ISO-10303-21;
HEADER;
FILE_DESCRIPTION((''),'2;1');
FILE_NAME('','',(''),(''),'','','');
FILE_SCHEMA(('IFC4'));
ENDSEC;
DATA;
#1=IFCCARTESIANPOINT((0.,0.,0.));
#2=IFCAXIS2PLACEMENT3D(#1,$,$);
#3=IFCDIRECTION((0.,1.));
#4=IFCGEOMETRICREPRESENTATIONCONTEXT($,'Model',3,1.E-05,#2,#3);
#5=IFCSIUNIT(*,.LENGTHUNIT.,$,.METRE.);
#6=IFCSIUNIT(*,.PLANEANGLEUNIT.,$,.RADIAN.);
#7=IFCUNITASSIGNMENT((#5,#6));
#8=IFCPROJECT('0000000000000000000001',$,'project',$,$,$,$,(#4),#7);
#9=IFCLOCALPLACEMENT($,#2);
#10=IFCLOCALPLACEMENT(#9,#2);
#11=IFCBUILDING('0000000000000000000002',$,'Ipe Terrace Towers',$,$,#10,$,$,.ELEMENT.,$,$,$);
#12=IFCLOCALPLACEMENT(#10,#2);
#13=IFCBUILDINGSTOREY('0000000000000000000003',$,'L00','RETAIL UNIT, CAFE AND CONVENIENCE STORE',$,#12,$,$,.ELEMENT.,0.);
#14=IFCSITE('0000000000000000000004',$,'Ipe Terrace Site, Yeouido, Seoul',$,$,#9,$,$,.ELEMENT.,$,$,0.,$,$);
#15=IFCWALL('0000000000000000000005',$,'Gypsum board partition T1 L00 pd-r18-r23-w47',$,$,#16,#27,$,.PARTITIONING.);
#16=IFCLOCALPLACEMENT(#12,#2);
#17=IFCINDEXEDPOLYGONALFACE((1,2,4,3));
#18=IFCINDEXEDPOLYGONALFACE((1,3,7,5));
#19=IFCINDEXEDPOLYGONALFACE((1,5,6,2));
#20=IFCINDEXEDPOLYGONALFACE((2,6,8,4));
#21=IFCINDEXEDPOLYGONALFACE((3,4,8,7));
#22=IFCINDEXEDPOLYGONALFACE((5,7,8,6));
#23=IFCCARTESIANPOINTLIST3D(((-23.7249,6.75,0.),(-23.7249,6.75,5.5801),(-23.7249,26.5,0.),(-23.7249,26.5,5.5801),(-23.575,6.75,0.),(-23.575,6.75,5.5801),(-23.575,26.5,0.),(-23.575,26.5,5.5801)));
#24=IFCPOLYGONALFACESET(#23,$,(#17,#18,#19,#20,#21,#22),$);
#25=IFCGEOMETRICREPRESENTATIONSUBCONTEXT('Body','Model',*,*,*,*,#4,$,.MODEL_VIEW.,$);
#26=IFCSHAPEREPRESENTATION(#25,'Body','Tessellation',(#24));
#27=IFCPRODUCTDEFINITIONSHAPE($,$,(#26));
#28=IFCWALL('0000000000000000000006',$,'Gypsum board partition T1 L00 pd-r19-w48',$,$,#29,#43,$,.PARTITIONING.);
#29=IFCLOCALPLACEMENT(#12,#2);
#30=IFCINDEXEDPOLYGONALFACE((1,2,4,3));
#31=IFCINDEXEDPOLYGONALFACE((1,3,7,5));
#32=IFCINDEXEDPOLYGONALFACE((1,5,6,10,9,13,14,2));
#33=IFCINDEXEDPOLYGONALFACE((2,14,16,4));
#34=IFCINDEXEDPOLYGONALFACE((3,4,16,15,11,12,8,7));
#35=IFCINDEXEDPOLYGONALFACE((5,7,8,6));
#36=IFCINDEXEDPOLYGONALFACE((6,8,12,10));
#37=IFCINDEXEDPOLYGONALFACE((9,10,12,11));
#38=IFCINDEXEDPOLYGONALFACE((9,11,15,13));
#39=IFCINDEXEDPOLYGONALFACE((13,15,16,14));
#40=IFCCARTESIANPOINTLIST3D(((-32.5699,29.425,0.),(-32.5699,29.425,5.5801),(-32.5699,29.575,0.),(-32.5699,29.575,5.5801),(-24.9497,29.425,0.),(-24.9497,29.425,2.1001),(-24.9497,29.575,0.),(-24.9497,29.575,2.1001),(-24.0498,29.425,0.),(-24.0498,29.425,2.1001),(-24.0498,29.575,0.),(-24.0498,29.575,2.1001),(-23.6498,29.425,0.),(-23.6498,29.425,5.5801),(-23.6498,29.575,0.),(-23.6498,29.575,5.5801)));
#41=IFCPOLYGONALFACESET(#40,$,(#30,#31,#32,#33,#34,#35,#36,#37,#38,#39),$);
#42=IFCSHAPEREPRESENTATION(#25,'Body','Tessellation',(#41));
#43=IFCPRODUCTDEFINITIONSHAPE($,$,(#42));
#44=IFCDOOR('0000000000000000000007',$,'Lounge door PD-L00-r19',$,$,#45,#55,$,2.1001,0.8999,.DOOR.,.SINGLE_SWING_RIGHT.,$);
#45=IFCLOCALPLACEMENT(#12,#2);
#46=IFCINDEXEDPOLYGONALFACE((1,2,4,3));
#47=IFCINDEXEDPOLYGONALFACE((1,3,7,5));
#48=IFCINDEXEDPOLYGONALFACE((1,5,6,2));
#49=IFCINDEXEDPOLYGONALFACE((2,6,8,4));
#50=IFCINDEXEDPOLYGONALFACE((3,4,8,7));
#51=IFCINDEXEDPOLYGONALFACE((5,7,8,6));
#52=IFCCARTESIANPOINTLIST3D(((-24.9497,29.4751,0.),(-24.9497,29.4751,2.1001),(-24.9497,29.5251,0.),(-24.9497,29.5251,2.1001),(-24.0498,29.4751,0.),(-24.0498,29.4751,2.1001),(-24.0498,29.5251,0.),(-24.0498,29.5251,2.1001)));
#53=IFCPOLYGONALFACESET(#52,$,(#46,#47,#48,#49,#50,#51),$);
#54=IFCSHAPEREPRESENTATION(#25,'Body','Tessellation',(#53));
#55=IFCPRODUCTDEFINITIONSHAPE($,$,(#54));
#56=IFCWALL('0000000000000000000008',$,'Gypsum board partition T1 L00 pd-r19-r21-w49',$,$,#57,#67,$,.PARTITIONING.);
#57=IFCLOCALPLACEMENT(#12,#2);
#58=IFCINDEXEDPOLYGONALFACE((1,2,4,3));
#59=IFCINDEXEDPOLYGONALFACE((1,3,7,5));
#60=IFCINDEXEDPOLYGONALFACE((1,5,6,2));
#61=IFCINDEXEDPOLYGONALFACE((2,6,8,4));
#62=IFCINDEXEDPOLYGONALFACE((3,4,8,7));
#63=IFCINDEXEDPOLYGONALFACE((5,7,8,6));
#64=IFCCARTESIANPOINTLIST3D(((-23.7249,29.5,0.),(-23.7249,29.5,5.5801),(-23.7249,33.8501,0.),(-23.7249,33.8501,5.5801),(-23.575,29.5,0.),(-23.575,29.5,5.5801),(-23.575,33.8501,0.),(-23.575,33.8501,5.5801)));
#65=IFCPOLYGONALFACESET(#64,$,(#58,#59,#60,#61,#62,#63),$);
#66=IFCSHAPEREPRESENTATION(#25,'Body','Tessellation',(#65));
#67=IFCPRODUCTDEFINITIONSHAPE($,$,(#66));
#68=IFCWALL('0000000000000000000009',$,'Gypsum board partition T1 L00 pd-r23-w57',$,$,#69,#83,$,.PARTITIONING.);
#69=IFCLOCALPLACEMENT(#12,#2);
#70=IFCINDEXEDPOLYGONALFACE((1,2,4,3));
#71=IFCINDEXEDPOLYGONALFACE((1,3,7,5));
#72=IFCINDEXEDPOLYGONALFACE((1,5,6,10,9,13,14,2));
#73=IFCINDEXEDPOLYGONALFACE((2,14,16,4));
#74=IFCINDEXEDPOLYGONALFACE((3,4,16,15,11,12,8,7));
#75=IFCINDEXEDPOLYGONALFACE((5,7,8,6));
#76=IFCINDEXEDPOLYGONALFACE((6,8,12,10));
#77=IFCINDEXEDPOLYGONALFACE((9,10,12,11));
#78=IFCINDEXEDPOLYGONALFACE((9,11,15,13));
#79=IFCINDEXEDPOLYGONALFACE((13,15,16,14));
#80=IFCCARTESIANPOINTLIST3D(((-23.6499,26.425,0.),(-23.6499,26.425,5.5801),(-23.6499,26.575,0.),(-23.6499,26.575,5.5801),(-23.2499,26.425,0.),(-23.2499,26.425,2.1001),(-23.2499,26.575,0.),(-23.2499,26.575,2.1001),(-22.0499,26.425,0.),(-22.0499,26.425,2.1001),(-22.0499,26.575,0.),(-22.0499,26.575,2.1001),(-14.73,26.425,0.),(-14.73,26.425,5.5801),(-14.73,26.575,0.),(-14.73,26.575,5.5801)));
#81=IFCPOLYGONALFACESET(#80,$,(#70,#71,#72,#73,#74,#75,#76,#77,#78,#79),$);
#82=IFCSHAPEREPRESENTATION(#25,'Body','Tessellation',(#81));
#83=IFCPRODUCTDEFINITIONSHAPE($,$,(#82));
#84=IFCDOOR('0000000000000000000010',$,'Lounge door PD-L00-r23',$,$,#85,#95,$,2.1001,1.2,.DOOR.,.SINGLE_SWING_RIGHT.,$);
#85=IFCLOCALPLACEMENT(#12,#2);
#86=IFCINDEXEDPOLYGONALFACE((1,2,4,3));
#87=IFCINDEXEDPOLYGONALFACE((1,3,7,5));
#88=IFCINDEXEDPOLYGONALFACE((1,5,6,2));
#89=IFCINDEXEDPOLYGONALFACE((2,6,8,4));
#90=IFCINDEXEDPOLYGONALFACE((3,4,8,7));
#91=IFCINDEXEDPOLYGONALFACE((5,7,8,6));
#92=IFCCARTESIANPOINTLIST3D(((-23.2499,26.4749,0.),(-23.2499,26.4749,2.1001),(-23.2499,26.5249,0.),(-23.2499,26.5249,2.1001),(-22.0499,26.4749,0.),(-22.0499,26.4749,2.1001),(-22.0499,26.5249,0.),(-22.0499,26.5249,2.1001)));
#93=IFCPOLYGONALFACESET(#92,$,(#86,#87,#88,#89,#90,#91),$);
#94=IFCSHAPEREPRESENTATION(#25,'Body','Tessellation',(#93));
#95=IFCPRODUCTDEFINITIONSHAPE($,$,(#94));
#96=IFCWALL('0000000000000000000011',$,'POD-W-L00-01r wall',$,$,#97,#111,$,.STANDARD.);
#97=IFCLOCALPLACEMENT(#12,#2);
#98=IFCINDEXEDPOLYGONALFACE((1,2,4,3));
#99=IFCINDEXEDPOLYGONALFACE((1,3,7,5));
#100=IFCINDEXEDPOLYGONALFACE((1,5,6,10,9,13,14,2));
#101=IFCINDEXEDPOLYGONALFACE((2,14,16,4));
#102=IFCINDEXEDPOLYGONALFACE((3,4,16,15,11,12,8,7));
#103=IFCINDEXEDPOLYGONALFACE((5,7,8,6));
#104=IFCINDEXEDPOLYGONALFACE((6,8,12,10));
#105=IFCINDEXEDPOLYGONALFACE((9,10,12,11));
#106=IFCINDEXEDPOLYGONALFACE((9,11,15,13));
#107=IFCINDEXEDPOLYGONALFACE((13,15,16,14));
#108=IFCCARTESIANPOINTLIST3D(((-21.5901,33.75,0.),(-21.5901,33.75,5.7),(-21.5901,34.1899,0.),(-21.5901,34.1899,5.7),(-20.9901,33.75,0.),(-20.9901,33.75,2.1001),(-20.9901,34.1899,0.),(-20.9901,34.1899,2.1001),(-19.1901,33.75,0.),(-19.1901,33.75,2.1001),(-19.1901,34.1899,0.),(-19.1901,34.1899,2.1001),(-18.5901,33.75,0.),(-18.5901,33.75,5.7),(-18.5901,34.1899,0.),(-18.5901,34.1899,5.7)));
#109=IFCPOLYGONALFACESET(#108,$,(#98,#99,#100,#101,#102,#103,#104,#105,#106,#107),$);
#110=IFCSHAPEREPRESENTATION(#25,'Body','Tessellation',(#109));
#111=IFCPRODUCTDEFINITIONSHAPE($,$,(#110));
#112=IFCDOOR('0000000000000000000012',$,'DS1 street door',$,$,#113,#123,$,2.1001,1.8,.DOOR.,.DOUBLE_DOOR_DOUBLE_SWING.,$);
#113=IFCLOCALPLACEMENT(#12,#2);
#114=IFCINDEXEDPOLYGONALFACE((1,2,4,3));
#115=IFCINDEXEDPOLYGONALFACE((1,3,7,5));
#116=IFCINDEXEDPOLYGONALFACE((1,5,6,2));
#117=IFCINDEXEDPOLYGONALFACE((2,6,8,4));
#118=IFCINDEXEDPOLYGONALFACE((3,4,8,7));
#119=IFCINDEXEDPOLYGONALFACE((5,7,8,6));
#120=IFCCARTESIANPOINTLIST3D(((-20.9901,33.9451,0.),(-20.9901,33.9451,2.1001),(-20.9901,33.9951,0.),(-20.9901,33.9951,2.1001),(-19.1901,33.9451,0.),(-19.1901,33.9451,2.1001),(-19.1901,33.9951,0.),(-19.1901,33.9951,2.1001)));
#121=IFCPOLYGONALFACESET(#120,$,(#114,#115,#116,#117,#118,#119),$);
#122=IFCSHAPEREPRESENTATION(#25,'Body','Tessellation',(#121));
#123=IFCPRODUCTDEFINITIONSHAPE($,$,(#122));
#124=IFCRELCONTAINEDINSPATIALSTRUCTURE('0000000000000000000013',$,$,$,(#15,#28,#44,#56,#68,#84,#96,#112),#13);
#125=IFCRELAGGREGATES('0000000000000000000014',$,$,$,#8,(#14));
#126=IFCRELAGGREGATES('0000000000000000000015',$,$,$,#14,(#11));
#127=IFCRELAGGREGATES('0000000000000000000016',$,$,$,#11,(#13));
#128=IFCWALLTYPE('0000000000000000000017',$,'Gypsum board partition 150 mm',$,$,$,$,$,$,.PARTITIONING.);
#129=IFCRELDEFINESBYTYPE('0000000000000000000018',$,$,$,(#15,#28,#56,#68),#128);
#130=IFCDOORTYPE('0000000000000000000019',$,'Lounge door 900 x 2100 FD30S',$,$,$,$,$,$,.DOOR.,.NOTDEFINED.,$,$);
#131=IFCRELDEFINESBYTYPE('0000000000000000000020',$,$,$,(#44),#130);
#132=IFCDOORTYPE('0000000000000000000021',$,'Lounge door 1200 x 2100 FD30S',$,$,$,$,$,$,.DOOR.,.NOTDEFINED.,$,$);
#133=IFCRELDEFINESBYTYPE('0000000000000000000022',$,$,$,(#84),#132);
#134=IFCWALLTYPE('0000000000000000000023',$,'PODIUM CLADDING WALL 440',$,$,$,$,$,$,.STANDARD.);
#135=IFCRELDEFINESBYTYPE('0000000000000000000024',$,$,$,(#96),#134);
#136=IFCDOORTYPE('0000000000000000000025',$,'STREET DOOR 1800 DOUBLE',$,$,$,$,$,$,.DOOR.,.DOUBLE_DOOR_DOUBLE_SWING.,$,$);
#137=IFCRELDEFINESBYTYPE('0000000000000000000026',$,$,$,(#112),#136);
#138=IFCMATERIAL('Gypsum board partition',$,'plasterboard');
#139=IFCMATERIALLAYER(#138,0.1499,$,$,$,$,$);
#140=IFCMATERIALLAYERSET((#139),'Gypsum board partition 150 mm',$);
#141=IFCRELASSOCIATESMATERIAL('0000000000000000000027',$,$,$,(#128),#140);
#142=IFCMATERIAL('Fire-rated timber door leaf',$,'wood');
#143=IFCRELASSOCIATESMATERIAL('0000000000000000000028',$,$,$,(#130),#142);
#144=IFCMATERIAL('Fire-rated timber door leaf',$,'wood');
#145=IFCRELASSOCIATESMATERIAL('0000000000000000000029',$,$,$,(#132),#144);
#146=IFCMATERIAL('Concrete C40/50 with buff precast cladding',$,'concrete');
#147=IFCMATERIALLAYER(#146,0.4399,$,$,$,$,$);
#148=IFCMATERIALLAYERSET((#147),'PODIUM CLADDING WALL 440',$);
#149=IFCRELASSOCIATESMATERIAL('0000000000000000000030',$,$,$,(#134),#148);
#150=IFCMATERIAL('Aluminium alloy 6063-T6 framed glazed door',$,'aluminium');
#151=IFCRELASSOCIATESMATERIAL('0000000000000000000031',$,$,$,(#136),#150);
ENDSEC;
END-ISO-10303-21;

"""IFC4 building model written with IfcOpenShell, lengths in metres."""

from ifc_helpers import new_model, si_unit, direction, frame, frame_2d, origin, place, context, subcontext, project, spatial, rectangle, extrude, material, layer, layer_set, type_object, element, fill, save


model = new_model("IFC4")

# Units and contexts
model_context = context("Model", 3, precision=1e-05, world=origin(), true_north=direction((0.0, 1.0)))
body_context = subcontext(model_context, "Body", "Model", "MODEL_VIEW")
ifc_project = project(units=[si_unit("LENGTHUNIT", "METRE"), si_unit("PLANEANGLEUNIT", "RADIAN")], contexts=[model_context])

# Site, building, storey
site_placement = place(None, origin())
site = spatial("IfcSite", under=ifc_project, at=site_placement, Name="Ipe Terrace Site, Yeouido, Seoul", CompositionType="ELEMENT", RefElevation=0.0)
building_placement = place(site_placement, origin())
building = spatial("IfcBuilding", under=site, at=building_placement, Name="Ipe Terrace Towers", CompositionType="ELEMENT")
storey_placement = place(building_placement, origin())
storey = spatial("IfcBuildingStorey", under=building, at=storey_placement, Name="L00", Description="RETAIL UNIT, CAFE AND CONVENIENCE STORE", CompositionType="ELEMENT", Elevation=0.0)

# Wall
ifc_material_1 = material(Name="Gypsum board partition", Category="plasterboard")
ifc_layer_1 = layer(ifc_material_1, 0.1499)
ifc_layer_set_1 = layer_set([ifc_layer_1], Name="Gypsum board partition 150 mm")
wall_type_1 = type_object("IfcWallType", Name="Gypsum board partition 150 mm", PredefinedType="PARTITIONING", material=ifc_layer_set_1)
wall_1_placement = place(storey_placement, frame((-23.6499, 26.5, 0.0), z_axis=(0.0, 0.0, 1.0), x_axis=(0.0, -1.0, 0.0)))
element("IfcWall", 1, at=wall_1_placement, inside=storey, type_object=wall_type_1, Name="Gypsum board partition T1 L00 pd-r18-r23-w47", PredefinedType="PARTITIONING", context=body_context, shape_type="SweptSolid", body=[
    extrude(rectangle(XDim=19.75, YDim=0.1499, at=frame_2d((9.875, 0.0))), origin(), (0.0, 0.0, 1.0), 5.5801),
])

# Wall, opening, door
wall_2_placement = place(storey_placement, frame((-23.6499, 29.5, 0.0), z_axis=(0.0, 0.0, 1.0), x_axis=(-1.0, 0.0, 0.0)))
wall_2 = element("IfcWall", 2, at=wall_2_placement, inside=storey, type_object=wall_type_1, Name="Gypsum board partition T1 L00 pd-r19-w48", PredefinedType="PARTITIONING", context=body_context, shape_type="SweptSolid", body=[
    extrude(rectangle(XDim=8.9202, YDim=0.1499, at=frame_2d((4.46, 0.0))), origin(), (0.0, 0.0, 1.0), 5.5801),
])
opening_1_placement = place(wall_2_placement, frame((0.3999, 0.0, 0.0)))
opening_1 = element("IfcOpeningElement", 3, at=opening_1_placement, cuts=wall_2, PredefinedType="OPENING", context=body_context, shape_type="SweptSolid", body=[
    extrude(rectangle(XDim=0.8999, YDim=2.1001, at=frame_2d((0.45, 1.05))), frame((0.0, 0.085, 0.0), z_axis=(0.0, -1.0, 0.0), x_axis=(1.0, 0.0, 0.0)), (0.0, 0.0, 1.0), 0.1699),
])
ifc_material_2 = material(Name="Fire-rated timber door leaf", Category="wood")
door_type_1 = type_object("IfcDoorType", Name="Lounge door 900 x 2100 FD30S", OperationType="NOTDEFINED", PredefinedType="DOOR", material=ifc_material_2)
door_1_placement = place(opening_1_placement, origin())
door_1 = element("IfcDoor", 4, at=door_1_placement, inside=storey, type_object=door_type_1, Name="Lounge door PD-L00-r19", OperationType="SINGLE_SWING_RIGHT", OverallHeight=2.1001, OverallWidth=0.8999, PredefinedType="DOOR", context=body_context, shape_type="SweptSolid", body=[
    extrude(rectangle(XDim=0.8999, YDim=2.1001, at=frame_2d((0.45, 1.05))), frame((0.0, 0.0249, 0.0), z_axis=(0.0, -1.0, 0.0), x_axis=(1.0, 0.0, 0.0)), (0.0, 0.0, 1.0), 0.05),
])
fill(opening_1, door_1)

# Wall
wall_3_placement = place(storey_placement, frame((-23.6499, 33.8501, 0.0), z_axis=(0.0, 0.0, 1.0), x_axis=(0.0, -1.0, 0.0)))
element("IfcWall", 5, at=wall_3_placement, inside=storey, type_object=wall_type_1, Name="Gypsum board partition T1 L00 pd-r19-r21-w49", PredefinedType="PARTITIONING", context=body_context, shape_type="SweptSolid", body=[
    extrude(rectangle(XDim=4.3501, YDim=0.1499, at=frame_2d((2.175, 0.0))), origin(), (0.0, 0.0, 1.0), 5.5801),
])

# Walls, openings, doors
wall_4_placement = place(storey_placement, frame((-23.6499, 26.5, 0.0), z_axis=(0.0, 0.0, 1.0), x_axis=(1.0, 0.0, 0.0)))
wall_4 = element("IfcWall", 6, at=wall_4_placement, inside=storey, type_object=wall_type_1, Name="Gypsum board partition T1 L00 pd-r23-w57", PredefinedType="PARTITIONING", context=body_context, shape_type="SweptSolid", body=[
    extrude(rectangle(XDim=8.9199, YDim=0.1499, at=frame_2d((4.46, 0.0))), origin(), (0.0, 0.0, 1.0), 5.5801),
])
opening_2_placement = place(wall_4_placement, frame((0.3999, 0.0, 0.0)))
opening_2 = element("IfcOpeningElement", 7, at=opening_2_placement, cuts=wall_4, PredefinedType="OPENING", context=body_context, shape_type="SweptSolid", body=[
    extrude(rectangle(XDim=1.2, YDim=2.1001, at=frame_2d((0.6001, 1.05))), frame((0.0, 0.085, 0.0), z_axis=(0.0, -1.0, 0.0), x_axis=(1.0, 0.0, 0.0)), (0.0, 0.0, 1.0), 0.1699),
])
ifc_material_3 = material(Name="Fire-rated timber door leaf", Category="wood")
door_type_2 = type_object("IfcDoorType", Name="Lounge door 1200 x 2100 FD30S", OperationType="NOTDEFINED", PredefinedType="DOOR", material=ifc_material_3)
door_2_placement = place(opening_2_placement, origin())
door_2 = element("IfcDoor", 8, at=door_2_placement, inside=storey, type_object=door_type_2, Name="Lounge door PD-L00-r23", OperationType="SINGLE_SWING_RIGHT", OverallHeight=2.1001, OverallWidth=1.2, PredefinedType="DOOR", context=body_context, shape_type="SweptSolid", body=[
    extrude(rectangle(XDim=1.2, YDim=2.1001, at=frame_2d((0.6001, 1.05))), frame((0.0, 0.0249, 0.0), z_axis=(0.0, -1.0, 0.0), x_axis=(1.0, 0.0, 0.0)), (0.0, 0.0, 1.0), 0.05),
])
fill(opening_2, door_2)
ifc_material_4 = material(Name="Concrete C40/50 with buff precast cladding", Category="concrete")
ifc_layer_2 = layer(ifc_material_4, 0.4399)
ifc_layer_set_2 = layer_set([ifc_layer_2], Name="PODIUM CLADDING WALL 440")
wall_type_2 = type_object("IfcWallType", Name="PODIUM CLADDING WALL 440", PredefinedType="STANDARD", material=ifc_layer_set_2)
wall_5_placement = place(storey_placement, frame((-18.5901, 33.97, 0.0), z_axis=(0.0, 0.0, 1.0), x_axis=(-1.0, 0.0, 0.0)))
wall_5 = element("IfcWall", 9, at=wall_5_placement, inside=storey, type_object=wall_type_2, Name="POD-W-L00-01r wall", PredefinedType="STANDARD", context=body_context, shape_type="SweptSolid", body=[
    extrude(rectangle(XDim=3.0, YDim=0.4399, at=frame_2d((1.5, 0.0))), origin(), (0.0, 0.0, 1.0), 5.7),
])
opening_3_placement = place(wall_5_placement, frame((0.6001, 0.0, 0.0)))
opening_3 = element("IfcOpeningElement", 10, at=opening_3_placement, cuts=wall_5, PredefinedType="OPENING", context=body_context, shape_type="SweptSolid", body=[
    extrude(rectangle(XDim=1.8, YDim=2.1001, at=frame_2d((0.8999, 1.05))), frame((0.0, 0.23, 0.0), z_axis=(0.0, -1.0, 0.0), x_axis=(1.0, 0.0, 0.0)), (0.0, 0.0, 1.0), 0.46),
])
ifc_material_5 = material(Name="Aluminium alloy 6063-T6 framed glazed door", Category="aluminium")
door_type_3 = type_object("IfcDoorType", Name="STREET DOOR 1800 DOUBLE", OperationType="DOUBLE_DOOR_DOUBLE_SWING", PredefinedType="DOOR", material=ifc_material_5)
door_3_placement = place(opening_3_placement, origin())
door_3 = element("IfcDoor", 11, at=door_3_placement, inside=storey, type_object=door_type_3, Name="DS1 street door", OperationType="DOUBLE_DOOR_DOUBLE_SWING", OverallHeight=2.1001, OverallWidth=1.8, PredefinedType="DOOR", context=body_context, shape_type="SweptSolid", body=[
    extrude(rectangle(XDim=1.8, YDim=2.1001, at=frame_2d((0.8999, 1.05))), frame((0.0, 0.0249, 0.0), z_axis=(0.0, -1.0, 0.0), x_axis=(1.0, 0.0, 0.0)), (0.0, 0.0, 1.0), 0.05),
])
fill(opening_3, door_3)

save(model, "model.ifc")
